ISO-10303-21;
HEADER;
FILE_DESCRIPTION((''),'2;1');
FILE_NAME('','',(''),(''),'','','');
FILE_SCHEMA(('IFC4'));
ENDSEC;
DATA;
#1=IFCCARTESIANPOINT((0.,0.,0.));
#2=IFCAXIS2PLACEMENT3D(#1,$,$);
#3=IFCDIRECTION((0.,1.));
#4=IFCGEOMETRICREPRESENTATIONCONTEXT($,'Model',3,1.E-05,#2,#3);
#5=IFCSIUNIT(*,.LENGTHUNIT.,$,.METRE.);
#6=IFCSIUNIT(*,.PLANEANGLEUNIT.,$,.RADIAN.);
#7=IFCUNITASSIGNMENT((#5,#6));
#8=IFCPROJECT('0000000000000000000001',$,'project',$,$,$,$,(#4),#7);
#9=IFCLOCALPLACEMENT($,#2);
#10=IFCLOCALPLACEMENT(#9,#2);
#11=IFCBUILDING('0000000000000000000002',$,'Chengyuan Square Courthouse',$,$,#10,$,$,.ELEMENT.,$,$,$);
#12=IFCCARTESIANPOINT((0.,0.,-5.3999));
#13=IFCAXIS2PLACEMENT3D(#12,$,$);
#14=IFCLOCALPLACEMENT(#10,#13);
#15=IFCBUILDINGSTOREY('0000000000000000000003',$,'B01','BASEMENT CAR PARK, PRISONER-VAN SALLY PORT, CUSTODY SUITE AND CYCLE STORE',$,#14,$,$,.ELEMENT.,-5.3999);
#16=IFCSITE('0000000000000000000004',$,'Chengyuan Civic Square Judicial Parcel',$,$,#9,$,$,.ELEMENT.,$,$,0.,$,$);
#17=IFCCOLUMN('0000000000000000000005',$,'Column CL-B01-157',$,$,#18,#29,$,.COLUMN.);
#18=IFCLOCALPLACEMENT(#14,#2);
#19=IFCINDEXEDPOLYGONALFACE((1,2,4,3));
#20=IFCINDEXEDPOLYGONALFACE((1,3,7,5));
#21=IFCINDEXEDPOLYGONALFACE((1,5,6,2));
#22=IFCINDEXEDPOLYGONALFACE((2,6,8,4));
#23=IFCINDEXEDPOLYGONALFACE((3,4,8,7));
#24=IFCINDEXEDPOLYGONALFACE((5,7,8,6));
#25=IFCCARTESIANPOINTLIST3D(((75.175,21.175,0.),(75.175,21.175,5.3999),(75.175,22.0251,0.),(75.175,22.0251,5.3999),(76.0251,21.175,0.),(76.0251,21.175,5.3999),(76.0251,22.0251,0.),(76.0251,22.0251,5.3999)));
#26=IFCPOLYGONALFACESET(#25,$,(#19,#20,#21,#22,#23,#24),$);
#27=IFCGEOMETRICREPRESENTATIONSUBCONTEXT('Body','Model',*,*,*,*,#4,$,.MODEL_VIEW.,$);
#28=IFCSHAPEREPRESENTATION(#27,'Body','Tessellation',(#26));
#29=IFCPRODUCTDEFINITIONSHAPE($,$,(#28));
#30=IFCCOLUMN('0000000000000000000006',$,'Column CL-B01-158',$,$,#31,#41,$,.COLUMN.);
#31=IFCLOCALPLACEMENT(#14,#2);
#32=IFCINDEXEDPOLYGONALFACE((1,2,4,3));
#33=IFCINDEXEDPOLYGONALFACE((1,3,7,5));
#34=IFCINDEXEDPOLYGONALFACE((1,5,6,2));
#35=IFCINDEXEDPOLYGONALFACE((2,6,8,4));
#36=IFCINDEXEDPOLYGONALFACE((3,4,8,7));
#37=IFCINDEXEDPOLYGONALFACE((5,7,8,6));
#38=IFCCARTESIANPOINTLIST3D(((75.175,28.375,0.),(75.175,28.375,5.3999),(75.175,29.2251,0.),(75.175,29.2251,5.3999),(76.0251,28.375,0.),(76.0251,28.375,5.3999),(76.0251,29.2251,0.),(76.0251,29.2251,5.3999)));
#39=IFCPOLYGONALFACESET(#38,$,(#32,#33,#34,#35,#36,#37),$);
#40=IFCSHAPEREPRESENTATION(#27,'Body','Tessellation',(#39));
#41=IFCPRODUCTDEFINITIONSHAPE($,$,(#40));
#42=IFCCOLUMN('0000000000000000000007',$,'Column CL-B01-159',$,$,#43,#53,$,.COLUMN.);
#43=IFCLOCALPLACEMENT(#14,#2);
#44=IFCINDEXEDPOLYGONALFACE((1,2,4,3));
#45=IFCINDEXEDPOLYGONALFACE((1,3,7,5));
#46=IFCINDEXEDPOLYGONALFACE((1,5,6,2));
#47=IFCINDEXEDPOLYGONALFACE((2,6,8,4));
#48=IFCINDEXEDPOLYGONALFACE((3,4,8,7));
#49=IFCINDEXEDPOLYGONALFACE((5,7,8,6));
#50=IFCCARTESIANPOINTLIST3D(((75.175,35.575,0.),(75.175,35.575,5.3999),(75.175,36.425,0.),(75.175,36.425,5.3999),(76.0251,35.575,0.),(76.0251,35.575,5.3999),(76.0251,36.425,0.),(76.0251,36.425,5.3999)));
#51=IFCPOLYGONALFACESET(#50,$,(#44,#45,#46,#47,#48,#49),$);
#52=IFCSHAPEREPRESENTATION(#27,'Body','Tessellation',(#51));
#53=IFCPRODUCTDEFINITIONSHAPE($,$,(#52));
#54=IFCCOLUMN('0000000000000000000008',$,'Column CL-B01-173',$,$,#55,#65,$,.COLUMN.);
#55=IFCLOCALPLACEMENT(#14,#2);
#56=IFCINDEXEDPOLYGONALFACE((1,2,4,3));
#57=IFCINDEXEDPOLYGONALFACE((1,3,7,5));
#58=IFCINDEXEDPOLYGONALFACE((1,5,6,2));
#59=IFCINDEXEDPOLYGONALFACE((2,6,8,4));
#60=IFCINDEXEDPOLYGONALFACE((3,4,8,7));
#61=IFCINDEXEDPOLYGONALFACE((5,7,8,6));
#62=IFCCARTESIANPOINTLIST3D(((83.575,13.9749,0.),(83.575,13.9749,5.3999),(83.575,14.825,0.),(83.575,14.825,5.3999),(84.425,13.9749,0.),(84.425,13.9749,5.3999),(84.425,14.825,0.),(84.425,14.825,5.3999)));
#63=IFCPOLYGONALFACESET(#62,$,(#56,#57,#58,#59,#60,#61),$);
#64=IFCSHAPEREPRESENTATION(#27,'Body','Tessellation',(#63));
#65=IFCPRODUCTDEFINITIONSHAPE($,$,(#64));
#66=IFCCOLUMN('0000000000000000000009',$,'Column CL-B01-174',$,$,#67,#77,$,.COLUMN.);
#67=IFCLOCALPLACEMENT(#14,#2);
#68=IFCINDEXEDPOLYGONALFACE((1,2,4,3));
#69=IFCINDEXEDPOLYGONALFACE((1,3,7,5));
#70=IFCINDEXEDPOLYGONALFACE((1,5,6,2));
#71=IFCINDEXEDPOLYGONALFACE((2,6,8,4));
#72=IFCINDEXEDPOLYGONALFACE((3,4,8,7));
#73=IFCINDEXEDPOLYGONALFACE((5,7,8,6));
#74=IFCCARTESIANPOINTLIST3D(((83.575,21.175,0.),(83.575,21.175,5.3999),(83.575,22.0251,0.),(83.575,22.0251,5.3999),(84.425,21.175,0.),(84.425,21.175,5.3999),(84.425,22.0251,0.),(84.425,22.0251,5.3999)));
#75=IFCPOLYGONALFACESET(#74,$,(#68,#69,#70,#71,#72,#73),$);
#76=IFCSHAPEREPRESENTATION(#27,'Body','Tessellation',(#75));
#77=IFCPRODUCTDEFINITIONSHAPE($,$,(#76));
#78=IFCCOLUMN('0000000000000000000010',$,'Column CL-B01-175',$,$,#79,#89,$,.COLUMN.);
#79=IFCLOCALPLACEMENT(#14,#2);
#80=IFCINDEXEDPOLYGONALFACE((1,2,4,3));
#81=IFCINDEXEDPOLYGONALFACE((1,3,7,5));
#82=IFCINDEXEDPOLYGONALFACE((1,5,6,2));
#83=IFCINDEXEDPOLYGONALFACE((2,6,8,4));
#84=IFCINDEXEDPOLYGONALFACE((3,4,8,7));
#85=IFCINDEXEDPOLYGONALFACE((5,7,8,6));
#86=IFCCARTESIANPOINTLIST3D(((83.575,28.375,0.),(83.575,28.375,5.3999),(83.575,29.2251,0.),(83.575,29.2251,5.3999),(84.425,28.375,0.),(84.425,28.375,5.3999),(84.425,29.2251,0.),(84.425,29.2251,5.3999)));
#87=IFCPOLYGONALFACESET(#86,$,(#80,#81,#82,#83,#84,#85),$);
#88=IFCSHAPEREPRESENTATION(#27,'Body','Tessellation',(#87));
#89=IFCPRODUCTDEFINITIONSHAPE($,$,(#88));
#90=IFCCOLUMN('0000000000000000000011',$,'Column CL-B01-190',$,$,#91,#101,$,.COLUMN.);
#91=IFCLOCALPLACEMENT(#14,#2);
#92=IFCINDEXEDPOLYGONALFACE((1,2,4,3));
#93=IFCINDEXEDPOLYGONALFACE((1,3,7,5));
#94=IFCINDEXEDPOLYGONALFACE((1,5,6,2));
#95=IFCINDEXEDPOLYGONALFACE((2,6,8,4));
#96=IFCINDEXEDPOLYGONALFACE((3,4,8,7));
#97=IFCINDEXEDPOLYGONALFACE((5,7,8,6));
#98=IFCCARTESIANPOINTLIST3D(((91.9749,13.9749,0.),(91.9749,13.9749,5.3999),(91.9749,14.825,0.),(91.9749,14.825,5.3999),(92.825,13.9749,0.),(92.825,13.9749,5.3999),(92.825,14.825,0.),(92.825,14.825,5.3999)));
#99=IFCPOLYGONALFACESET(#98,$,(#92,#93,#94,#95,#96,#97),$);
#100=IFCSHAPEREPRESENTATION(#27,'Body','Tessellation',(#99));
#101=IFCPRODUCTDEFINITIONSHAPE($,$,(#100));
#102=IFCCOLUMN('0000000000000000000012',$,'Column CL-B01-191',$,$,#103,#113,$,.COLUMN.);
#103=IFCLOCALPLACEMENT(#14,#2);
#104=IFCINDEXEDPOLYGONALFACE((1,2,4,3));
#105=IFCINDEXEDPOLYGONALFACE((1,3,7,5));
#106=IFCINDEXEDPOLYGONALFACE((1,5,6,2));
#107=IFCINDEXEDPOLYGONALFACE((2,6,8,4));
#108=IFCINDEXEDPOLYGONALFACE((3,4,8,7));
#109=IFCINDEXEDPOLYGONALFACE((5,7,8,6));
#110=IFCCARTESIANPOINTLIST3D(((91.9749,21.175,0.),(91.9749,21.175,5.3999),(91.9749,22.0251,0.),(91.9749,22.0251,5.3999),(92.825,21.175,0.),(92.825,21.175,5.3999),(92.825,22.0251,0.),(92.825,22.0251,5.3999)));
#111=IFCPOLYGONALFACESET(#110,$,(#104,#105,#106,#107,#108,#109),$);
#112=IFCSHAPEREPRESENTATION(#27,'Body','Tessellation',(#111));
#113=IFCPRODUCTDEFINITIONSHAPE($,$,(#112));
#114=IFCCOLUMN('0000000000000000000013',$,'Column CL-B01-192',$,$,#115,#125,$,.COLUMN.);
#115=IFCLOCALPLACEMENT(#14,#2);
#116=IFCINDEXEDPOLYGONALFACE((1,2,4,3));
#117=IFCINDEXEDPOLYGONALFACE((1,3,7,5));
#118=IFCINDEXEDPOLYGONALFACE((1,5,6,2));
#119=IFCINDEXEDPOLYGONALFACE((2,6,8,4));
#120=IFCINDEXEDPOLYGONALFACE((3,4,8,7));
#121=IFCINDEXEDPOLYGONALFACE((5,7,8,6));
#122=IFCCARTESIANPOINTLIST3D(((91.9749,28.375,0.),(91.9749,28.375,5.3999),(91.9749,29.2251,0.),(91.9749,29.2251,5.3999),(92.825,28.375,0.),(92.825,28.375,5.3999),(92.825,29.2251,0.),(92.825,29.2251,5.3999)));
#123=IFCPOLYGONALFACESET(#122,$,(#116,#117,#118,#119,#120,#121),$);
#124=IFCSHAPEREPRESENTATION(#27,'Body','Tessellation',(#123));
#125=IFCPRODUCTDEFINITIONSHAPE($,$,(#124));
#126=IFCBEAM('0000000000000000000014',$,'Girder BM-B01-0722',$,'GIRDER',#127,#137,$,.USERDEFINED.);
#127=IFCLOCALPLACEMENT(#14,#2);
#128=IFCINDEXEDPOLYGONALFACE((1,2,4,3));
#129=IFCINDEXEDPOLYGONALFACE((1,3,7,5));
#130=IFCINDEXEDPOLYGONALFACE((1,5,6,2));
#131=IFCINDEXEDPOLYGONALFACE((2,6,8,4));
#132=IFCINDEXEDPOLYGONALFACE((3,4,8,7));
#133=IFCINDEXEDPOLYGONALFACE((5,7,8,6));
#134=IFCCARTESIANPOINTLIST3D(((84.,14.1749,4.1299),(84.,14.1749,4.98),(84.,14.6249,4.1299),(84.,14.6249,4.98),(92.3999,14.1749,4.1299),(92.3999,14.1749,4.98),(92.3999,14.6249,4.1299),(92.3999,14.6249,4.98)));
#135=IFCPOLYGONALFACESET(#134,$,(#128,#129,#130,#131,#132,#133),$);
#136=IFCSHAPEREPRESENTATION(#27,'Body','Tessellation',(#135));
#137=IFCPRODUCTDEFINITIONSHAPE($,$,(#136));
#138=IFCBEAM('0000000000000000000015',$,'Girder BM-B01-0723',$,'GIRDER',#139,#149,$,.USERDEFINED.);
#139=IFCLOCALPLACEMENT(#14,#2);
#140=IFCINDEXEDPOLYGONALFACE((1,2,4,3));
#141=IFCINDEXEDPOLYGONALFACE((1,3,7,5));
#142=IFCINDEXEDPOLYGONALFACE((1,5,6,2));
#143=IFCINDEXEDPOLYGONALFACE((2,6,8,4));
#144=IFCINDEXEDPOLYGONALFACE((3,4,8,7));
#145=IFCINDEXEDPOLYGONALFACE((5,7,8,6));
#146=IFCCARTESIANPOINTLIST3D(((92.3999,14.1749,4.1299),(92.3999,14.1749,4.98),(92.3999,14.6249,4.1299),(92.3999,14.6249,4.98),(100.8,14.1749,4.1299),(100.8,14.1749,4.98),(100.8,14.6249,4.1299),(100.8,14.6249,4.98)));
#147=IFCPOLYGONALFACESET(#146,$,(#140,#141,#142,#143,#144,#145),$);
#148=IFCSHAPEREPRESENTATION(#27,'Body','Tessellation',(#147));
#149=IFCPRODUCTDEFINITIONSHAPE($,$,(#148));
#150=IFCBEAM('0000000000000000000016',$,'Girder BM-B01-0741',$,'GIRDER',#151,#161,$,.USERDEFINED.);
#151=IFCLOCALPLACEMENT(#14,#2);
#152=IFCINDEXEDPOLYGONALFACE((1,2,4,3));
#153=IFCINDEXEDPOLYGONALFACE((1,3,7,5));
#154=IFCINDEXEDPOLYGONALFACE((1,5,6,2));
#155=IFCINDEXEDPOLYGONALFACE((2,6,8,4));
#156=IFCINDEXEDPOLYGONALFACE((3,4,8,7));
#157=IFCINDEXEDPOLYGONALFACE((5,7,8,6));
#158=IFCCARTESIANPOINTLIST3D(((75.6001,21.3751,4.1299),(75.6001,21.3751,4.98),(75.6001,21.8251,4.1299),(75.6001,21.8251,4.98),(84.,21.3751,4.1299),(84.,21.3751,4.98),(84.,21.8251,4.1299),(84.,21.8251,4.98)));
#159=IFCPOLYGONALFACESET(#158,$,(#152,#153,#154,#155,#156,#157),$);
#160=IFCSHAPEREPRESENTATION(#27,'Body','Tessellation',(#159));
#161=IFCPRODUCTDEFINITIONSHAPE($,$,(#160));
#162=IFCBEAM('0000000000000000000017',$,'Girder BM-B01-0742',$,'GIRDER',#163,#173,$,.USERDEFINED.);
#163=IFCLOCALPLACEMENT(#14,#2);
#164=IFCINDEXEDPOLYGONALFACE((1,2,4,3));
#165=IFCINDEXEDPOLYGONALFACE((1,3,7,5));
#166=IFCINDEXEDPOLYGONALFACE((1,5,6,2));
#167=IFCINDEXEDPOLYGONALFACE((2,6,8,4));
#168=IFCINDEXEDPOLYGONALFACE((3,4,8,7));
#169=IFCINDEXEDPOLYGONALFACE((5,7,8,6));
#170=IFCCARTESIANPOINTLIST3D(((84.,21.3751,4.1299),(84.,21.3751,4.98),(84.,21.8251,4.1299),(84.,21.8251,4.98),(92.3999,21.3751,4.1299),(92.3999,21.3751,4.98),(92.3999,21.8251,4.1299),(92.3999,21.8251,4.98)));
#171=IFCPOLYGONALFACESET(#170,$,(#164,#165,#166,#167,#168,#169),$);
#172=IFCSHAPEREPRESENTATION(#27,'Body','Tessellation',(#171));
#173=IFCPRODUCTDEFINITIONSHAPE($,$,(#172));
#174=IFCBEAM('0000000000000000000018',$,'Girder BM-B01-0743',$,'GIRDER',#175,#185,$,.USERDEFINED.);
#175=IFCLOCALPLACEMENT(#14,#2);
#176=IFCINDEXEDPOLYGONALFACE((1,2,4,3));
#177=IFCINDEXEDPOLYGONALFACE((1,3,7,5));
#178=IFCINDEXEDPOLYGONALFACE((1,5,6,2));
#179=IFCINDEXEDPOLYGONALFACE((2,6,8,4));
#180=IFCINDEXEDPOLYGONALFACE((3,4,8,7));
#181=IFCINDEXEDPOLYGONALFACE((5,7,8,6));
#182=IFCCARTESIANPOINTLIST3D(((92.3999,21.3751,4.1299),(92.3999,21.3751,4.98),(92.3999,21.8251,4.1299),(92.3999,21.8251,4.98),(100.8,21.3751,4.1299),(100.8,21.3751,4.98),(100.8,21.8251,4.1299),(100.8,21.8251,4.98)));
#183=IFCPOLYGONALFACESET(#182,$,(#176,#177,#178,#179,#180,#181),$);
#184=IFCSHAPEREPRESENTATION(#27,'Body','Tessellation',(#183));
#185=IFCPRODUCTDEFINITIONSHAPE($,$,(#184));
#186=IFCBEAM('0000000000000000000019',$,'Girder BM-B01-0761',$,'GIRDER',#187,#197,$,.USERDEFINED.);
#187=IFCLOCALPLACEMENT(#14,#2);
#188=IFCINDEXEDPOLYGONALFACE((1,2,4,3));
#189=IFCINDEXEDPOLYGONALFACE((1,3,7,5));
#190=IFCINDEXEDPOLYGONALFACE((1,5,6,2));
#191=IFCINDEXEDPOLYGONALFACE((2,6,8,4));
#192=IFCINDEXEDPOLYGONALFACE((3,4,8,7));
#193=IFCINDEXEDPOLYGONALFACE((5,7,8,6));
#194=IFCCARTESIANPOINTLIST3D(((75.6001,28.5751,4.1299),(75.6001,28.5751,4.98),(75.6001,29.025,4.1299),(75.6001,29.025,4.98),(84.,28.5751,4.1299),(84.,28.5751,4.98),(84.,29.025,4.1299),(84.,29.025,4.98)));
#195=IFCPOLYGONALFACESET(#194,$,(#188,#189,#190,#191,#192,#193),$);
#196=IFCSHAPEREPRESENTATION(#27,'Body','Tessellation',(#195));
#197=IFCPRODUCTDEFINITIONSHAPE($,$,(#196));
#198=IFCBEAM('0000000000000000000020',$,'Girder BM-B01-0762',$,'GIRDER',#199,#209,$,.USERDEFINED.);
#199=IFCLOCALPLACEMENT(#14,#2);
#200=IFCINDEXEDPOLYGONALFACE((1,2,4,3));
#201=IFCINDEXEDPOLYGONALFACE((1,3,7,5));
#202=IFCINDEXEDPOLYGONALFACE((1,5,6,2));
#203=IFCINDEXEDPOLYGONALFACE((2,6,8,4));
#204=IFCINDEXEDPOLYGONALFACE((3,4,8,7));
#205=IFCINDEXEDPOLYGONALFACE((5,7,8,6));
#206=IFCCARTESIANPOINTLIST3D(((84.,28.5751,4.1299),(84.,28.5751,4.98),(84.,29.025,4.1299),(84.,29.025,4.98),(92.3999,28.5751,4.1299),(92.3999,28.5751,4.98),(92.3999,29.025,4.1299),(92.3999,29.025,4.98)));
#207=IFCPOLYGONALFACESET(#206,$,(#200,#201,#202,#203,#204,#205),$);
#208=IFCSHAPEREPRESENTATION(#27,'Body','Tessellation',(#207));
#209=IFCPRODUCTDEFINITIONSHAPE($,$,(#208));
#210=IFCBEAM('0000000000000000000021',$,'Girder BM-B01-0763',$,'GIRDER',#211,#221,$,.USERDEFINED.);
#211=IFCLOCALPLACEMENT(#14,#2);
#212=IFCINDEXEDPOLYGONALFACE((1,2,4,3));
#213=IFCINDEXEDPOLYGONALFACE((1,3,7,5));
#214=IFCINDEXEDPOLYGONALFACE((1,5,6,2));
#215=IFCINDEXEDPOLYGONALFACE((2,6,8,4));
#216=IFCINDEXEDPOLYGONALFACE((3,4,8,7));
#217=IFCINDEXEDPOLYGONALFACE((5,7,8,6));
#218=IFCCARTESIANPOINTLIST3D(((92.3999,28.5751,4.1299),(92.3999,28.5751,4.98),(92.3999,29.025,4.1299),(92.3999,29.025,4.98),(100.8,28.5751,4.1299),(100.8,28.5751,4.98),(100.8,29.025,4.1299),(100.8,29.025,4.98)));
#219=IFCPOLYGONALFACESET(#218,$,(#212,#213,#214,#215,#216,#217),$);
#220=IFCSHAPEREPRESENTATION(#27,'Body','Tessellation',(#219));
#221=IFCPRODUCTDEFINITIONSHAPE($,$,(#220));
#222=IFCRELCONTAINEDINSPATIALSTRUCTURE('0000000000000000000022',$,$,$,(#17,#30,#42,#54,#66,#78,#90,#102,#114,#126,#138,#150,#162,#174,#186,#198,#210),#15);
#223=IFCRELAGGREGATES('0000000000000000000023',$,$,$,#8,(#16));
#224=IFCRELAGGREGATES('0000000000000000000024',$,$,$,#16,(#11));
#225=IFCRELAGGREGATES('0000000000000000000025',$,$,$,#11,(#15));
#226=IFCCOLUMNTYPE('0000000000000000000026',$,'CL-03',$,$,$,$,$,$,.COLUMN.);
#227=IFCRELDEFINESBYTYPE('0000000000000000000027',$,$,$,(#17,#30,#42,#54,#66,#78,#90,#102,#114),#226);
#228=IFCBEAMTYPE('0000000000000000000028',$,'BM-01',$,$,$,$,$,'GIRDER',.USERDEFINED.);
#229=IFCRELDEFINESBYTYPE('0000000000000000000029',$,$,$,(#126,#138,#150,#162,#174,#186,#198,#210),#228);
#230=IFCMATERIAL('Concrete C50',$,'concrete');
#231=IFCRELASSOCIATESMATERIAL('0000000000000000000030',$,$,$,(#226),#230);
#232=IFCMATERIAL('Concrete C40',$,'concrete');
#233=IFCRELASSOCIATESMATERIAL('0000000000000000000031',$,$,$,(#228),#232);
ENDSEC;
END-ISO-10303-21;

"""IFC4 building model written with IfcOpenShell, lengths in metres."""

from ifc_helpers import new_model, si_unit, direction, frame, origin, origin_2d, place, context, subcontext, project, spatial, rectangle, extrude, material, material_profile, profile_set, type_object, element, save


model = new_model("IFC4")

# Units and contexts
model_context = context("Model", 3, precision=1e-05, world=origin(), true_north=direction((0.0, 1.0)))
body_context = subcontext(model_context, "Body", "Model", "MODEL_VIEW")
ifc_project = project(units=[si_unit("LENGTHUNIT", "METRE"), si_unit("PLANEANGLEUNIT", "RADIAN")], contexts=[model_context])

# Site, building, storey
site_placement = place(None, origin())
site = spatial("IfcSite", under=ifc_project, at=site_placement, Name="Chengyuan Civic Square Judicial Parcel", CompositionType="ELEMENT", RefElevation=0.0)
building_placement = place(site_placement, origin())
building = spatial("IfcBuilding", under=site, at=building_placement, Name="Chengyuan Square Courthouse", CompositionType="ELEMENT")
storey_placement = place(building_placement, frame((0.0, 0.0, -5.3999)))
storey = spatial("IfcBuildingStorey", under=building, at=storey_placement, Name="B01", Description="BASEMENT CAR PARK, PRISONER-VAN SALLY PORT, CUSTODY SUITE AND CYCLE STORE", CompositionType="ELEMENT", Elevation=-5.3999)

# Columns
ifc_material_1 = material(Name="Concrete C50", Category="concrete")
ifc_material_profile_1 = material_profile(ifc_material_1, rectangle(XDim=0.8501, YDim=0.8501, at=origin_2d()), Name="RC-COL-850x850")
ifc_profile_set_1 = profile_set([ifc_material_profile_1], Name="Concrete C50")
column_type = type_object("IfcColumnType", Name="CL-03", PredefinedType="COLUMN", material=ifc_profile_set_1)
for number, where, z_axis, x_axis, name in (
    (1, (75.6001, 21.6001, 0.0), (0.0, 0.0, 1.0), (1.0, 0.0, 0.0), "Column CL-B01-157"),
    (2, (75.6001, 28.8, 0.0), (0.0, 0.0, 1.0), (1.0, 0.0, 0.0), "Column CL-B01-158"),
    (3, (75.6001, 36.0, 0.0), (0.0, 0.0, 1.0), (1.0, 0.0, 0.0), "Column CL-B01-159"),
    (4, (84.0, 14.3999, 0.0), (0.0, 0.0, 1.0), (1.0, 0.0, 0.0), "Column CL-B01-173"),
    (5, (84.0, 21.6001, 0.0), (0.0, 0.0, 1.0), (1.0, 0.0, 0.0), "Column CL-B01-174"),
    (6, (84.0, 28.8, 0.0), (0.0, 0.0, 1.0), (1.0, 0.0, 0.0), "Column CL-B01-175"),
    (7, (92.3999, 14.3999, 0.0), (0.0, 0.0, 1.0), (1.0, 0.0, 0.0), "Column CL-B01-190"),
    (8, (92.3999, 21.6001, 0.0), (0.0, 0.0, 1.0), (1.0, 0.0, 0.0), "Column CL-B01-191"),
    (9, (92.3999, 28.8, 0.0), (0.0, 0.0, 1.0), (1.0, 0.0, 0.0), "Column CL-B01-192"),
):
    element("IfcColumn", number, at=place(storey_placement, frame(where, z_axis=z_axis, x_axis=x_axis)), inside=storey, type_object=column_type, Name=name, PredefinedType="COLUMN", context=body_context, shape_type="SweptSolid", body=[
        extrude(rectangle(XDim=0.8501, YDim=0.8501, at=origin_2d()), origin(), (0.0, 0.0, 1.0), 5.3999),
    ])

# Beams
ifc_material_2 = material(Name="Concrete C40", Category="concrete")
ifc_material_profile_2 = material_profile(ifc_material_2, rectangle(XDim=0.45, YDim=0.8501, at=origin_2d()), Name="RC-BM-450x850")
ifc_profile_set_2 = profile_set([ifc_material_profile_2], Name="Concrete C40")
beam_type_1 = type_object("IfcBeamType", Name="BM-01", ElementType="GIRDER", PredefinedType="USERDEFINED", material=ifc_profile_set_2)
beam_1_placement = place(storey_placement, frame((84.0, 14.3999, 4.5549), z_axis=(1.0, 0.0, 0.0), x_axis=(0.0, 1.0, 0.0)))
element("IfcBeam", 10, at=beam_1_placement, inside=storey, type_object=beam_type_1, Name="Girder BM-B01-0722", ObjectType="GIRDER", PredefinedType="USERDEFINED", context=body_context, shape_type="SweptSolid", body=[
    extrude(rectangle(XDim=0.45, YDim=0.8501, at=origin_2d()), origin(), (0.0, 0.0, 1.0), 8.3999),
])
beam_2_placement = place(storey_placement, frame((92.3999, 14.3999, 4.5549), z_axis=(1.0, 0.0, 0.0), x_axis=(0.0, 1.0, 0.0)))
element("IfcBeam", 11, at=beam_2_placement, inside=storey, type_object=beam_type_1, Name="Girder BM-B01-0723", ObjectType="GIRDER", PredefinedType="USERDEFINED", context=body_context, shape_type="SweptSolid", body=[
    extrude(rectangle(XDim=0.45, YDim=0.8501, at=origin_2d()), origin(), (0.0, 0.0, 1.0), 8.4001),
])
for number, where, z_axis, x_axis, name in (
    (12, (75.6001, 21.6001, 4.5549), (1.0, 0.0, 0.0), (0.0, 1.0, 0.0), "Girder BM-B01-0741"),
    (13, (84.0, 21.6001, 4.5549), (1.0, 0.0, 0.0), (0.0, 1.0, 0.0), "Girder BM-B01-0742"),
):
    element("IfcBeam", number, at=place(storey_placement, frame(where, z_axis=z_axis, x_axis=x_axis)), inside=storey, type_object=beam_type_1, Name=name, ObjectType="GIRDER", PredefinedType="USERDEFINED", context=body_context, shape_type="SweptSolid", body=[
        extrude(rectangle(XDim=0.45, YDim=0.8501, at=origin_2d()), origin(), (0.0, 0.0, 1.0), 8.3999),
    ])
beam_3_placement = place(storey_placement, frame((92.3999, 21.6001, 4.5549), z_axis=(1.0, 0.0, 0.0), x_axis=(0.0, 1.0, 0.0)))
element("IfcBeam", 14, at=beam_3_placement, inside=storey, type_object=beam_type_1, Name="Girder BM-B01-0743", ObjectType="GIRDER", PredefinedType="USERDEFINED", context=body_context, shape_type="SweptSolid", body=[
    extrude(rectangle(XDim=0.45, YDim=0.8501, at=origin_2d()), origin(), (0.0, 0.0, 1.0), 8.4001),
])
for number, where, z_axis, x_axis, name in (
    (15, (75.6001, 28.8, 4.5549), (1.0, 0.0, 0.0), (0.0, 1.0, 0.0), "Girder BM-B01-0761"),
    (16, (84.0, 28.8, 4.5549), (1.0, 0.0, 0.0), (0.0, 1.0, 0.0), "Girder BM-B01-0762"),
):
    element("IfcBeam", number, at=place(storey_placement, frame(where, z_axis=z_axis, x_axis=x_axis)), inside=storey, type_object=beam_type_1, Name=name, ObjectType="GIRDER", PredefinedType="USERDEFINED", context=body_context, shape_type="SweptSolid", body=[
        extrude(rectangle(XDim=0.45, YDim=0.8501, at=origin_2d()), origin(), (0.0, 0.0, 1.0), 8.3999),
    ])
beam_4_placement = place(storey_placement, frame((92.3999, 28.8, 4.5549), z_axis=(1.0, 0.0, 0.0), x_axis=(0.0, 1.0, 0.0)))
element("IfcBeam", 17, at=beam_4_placement, inside=storey, type_object=beam_type_1, Name="Girder BM-B01-0763", ObjectType="GIRDER", PredefinedType="USERDEFINED", context=body_context, shape_type="SweptSolid", body=[
    extrude(rectangle(XDim=0.45, YDim=0.8501, at=origin_2d()), origin(), (0.0, 0.0, 1.0), 8.4001),
])

save(model, "model.ifc")
